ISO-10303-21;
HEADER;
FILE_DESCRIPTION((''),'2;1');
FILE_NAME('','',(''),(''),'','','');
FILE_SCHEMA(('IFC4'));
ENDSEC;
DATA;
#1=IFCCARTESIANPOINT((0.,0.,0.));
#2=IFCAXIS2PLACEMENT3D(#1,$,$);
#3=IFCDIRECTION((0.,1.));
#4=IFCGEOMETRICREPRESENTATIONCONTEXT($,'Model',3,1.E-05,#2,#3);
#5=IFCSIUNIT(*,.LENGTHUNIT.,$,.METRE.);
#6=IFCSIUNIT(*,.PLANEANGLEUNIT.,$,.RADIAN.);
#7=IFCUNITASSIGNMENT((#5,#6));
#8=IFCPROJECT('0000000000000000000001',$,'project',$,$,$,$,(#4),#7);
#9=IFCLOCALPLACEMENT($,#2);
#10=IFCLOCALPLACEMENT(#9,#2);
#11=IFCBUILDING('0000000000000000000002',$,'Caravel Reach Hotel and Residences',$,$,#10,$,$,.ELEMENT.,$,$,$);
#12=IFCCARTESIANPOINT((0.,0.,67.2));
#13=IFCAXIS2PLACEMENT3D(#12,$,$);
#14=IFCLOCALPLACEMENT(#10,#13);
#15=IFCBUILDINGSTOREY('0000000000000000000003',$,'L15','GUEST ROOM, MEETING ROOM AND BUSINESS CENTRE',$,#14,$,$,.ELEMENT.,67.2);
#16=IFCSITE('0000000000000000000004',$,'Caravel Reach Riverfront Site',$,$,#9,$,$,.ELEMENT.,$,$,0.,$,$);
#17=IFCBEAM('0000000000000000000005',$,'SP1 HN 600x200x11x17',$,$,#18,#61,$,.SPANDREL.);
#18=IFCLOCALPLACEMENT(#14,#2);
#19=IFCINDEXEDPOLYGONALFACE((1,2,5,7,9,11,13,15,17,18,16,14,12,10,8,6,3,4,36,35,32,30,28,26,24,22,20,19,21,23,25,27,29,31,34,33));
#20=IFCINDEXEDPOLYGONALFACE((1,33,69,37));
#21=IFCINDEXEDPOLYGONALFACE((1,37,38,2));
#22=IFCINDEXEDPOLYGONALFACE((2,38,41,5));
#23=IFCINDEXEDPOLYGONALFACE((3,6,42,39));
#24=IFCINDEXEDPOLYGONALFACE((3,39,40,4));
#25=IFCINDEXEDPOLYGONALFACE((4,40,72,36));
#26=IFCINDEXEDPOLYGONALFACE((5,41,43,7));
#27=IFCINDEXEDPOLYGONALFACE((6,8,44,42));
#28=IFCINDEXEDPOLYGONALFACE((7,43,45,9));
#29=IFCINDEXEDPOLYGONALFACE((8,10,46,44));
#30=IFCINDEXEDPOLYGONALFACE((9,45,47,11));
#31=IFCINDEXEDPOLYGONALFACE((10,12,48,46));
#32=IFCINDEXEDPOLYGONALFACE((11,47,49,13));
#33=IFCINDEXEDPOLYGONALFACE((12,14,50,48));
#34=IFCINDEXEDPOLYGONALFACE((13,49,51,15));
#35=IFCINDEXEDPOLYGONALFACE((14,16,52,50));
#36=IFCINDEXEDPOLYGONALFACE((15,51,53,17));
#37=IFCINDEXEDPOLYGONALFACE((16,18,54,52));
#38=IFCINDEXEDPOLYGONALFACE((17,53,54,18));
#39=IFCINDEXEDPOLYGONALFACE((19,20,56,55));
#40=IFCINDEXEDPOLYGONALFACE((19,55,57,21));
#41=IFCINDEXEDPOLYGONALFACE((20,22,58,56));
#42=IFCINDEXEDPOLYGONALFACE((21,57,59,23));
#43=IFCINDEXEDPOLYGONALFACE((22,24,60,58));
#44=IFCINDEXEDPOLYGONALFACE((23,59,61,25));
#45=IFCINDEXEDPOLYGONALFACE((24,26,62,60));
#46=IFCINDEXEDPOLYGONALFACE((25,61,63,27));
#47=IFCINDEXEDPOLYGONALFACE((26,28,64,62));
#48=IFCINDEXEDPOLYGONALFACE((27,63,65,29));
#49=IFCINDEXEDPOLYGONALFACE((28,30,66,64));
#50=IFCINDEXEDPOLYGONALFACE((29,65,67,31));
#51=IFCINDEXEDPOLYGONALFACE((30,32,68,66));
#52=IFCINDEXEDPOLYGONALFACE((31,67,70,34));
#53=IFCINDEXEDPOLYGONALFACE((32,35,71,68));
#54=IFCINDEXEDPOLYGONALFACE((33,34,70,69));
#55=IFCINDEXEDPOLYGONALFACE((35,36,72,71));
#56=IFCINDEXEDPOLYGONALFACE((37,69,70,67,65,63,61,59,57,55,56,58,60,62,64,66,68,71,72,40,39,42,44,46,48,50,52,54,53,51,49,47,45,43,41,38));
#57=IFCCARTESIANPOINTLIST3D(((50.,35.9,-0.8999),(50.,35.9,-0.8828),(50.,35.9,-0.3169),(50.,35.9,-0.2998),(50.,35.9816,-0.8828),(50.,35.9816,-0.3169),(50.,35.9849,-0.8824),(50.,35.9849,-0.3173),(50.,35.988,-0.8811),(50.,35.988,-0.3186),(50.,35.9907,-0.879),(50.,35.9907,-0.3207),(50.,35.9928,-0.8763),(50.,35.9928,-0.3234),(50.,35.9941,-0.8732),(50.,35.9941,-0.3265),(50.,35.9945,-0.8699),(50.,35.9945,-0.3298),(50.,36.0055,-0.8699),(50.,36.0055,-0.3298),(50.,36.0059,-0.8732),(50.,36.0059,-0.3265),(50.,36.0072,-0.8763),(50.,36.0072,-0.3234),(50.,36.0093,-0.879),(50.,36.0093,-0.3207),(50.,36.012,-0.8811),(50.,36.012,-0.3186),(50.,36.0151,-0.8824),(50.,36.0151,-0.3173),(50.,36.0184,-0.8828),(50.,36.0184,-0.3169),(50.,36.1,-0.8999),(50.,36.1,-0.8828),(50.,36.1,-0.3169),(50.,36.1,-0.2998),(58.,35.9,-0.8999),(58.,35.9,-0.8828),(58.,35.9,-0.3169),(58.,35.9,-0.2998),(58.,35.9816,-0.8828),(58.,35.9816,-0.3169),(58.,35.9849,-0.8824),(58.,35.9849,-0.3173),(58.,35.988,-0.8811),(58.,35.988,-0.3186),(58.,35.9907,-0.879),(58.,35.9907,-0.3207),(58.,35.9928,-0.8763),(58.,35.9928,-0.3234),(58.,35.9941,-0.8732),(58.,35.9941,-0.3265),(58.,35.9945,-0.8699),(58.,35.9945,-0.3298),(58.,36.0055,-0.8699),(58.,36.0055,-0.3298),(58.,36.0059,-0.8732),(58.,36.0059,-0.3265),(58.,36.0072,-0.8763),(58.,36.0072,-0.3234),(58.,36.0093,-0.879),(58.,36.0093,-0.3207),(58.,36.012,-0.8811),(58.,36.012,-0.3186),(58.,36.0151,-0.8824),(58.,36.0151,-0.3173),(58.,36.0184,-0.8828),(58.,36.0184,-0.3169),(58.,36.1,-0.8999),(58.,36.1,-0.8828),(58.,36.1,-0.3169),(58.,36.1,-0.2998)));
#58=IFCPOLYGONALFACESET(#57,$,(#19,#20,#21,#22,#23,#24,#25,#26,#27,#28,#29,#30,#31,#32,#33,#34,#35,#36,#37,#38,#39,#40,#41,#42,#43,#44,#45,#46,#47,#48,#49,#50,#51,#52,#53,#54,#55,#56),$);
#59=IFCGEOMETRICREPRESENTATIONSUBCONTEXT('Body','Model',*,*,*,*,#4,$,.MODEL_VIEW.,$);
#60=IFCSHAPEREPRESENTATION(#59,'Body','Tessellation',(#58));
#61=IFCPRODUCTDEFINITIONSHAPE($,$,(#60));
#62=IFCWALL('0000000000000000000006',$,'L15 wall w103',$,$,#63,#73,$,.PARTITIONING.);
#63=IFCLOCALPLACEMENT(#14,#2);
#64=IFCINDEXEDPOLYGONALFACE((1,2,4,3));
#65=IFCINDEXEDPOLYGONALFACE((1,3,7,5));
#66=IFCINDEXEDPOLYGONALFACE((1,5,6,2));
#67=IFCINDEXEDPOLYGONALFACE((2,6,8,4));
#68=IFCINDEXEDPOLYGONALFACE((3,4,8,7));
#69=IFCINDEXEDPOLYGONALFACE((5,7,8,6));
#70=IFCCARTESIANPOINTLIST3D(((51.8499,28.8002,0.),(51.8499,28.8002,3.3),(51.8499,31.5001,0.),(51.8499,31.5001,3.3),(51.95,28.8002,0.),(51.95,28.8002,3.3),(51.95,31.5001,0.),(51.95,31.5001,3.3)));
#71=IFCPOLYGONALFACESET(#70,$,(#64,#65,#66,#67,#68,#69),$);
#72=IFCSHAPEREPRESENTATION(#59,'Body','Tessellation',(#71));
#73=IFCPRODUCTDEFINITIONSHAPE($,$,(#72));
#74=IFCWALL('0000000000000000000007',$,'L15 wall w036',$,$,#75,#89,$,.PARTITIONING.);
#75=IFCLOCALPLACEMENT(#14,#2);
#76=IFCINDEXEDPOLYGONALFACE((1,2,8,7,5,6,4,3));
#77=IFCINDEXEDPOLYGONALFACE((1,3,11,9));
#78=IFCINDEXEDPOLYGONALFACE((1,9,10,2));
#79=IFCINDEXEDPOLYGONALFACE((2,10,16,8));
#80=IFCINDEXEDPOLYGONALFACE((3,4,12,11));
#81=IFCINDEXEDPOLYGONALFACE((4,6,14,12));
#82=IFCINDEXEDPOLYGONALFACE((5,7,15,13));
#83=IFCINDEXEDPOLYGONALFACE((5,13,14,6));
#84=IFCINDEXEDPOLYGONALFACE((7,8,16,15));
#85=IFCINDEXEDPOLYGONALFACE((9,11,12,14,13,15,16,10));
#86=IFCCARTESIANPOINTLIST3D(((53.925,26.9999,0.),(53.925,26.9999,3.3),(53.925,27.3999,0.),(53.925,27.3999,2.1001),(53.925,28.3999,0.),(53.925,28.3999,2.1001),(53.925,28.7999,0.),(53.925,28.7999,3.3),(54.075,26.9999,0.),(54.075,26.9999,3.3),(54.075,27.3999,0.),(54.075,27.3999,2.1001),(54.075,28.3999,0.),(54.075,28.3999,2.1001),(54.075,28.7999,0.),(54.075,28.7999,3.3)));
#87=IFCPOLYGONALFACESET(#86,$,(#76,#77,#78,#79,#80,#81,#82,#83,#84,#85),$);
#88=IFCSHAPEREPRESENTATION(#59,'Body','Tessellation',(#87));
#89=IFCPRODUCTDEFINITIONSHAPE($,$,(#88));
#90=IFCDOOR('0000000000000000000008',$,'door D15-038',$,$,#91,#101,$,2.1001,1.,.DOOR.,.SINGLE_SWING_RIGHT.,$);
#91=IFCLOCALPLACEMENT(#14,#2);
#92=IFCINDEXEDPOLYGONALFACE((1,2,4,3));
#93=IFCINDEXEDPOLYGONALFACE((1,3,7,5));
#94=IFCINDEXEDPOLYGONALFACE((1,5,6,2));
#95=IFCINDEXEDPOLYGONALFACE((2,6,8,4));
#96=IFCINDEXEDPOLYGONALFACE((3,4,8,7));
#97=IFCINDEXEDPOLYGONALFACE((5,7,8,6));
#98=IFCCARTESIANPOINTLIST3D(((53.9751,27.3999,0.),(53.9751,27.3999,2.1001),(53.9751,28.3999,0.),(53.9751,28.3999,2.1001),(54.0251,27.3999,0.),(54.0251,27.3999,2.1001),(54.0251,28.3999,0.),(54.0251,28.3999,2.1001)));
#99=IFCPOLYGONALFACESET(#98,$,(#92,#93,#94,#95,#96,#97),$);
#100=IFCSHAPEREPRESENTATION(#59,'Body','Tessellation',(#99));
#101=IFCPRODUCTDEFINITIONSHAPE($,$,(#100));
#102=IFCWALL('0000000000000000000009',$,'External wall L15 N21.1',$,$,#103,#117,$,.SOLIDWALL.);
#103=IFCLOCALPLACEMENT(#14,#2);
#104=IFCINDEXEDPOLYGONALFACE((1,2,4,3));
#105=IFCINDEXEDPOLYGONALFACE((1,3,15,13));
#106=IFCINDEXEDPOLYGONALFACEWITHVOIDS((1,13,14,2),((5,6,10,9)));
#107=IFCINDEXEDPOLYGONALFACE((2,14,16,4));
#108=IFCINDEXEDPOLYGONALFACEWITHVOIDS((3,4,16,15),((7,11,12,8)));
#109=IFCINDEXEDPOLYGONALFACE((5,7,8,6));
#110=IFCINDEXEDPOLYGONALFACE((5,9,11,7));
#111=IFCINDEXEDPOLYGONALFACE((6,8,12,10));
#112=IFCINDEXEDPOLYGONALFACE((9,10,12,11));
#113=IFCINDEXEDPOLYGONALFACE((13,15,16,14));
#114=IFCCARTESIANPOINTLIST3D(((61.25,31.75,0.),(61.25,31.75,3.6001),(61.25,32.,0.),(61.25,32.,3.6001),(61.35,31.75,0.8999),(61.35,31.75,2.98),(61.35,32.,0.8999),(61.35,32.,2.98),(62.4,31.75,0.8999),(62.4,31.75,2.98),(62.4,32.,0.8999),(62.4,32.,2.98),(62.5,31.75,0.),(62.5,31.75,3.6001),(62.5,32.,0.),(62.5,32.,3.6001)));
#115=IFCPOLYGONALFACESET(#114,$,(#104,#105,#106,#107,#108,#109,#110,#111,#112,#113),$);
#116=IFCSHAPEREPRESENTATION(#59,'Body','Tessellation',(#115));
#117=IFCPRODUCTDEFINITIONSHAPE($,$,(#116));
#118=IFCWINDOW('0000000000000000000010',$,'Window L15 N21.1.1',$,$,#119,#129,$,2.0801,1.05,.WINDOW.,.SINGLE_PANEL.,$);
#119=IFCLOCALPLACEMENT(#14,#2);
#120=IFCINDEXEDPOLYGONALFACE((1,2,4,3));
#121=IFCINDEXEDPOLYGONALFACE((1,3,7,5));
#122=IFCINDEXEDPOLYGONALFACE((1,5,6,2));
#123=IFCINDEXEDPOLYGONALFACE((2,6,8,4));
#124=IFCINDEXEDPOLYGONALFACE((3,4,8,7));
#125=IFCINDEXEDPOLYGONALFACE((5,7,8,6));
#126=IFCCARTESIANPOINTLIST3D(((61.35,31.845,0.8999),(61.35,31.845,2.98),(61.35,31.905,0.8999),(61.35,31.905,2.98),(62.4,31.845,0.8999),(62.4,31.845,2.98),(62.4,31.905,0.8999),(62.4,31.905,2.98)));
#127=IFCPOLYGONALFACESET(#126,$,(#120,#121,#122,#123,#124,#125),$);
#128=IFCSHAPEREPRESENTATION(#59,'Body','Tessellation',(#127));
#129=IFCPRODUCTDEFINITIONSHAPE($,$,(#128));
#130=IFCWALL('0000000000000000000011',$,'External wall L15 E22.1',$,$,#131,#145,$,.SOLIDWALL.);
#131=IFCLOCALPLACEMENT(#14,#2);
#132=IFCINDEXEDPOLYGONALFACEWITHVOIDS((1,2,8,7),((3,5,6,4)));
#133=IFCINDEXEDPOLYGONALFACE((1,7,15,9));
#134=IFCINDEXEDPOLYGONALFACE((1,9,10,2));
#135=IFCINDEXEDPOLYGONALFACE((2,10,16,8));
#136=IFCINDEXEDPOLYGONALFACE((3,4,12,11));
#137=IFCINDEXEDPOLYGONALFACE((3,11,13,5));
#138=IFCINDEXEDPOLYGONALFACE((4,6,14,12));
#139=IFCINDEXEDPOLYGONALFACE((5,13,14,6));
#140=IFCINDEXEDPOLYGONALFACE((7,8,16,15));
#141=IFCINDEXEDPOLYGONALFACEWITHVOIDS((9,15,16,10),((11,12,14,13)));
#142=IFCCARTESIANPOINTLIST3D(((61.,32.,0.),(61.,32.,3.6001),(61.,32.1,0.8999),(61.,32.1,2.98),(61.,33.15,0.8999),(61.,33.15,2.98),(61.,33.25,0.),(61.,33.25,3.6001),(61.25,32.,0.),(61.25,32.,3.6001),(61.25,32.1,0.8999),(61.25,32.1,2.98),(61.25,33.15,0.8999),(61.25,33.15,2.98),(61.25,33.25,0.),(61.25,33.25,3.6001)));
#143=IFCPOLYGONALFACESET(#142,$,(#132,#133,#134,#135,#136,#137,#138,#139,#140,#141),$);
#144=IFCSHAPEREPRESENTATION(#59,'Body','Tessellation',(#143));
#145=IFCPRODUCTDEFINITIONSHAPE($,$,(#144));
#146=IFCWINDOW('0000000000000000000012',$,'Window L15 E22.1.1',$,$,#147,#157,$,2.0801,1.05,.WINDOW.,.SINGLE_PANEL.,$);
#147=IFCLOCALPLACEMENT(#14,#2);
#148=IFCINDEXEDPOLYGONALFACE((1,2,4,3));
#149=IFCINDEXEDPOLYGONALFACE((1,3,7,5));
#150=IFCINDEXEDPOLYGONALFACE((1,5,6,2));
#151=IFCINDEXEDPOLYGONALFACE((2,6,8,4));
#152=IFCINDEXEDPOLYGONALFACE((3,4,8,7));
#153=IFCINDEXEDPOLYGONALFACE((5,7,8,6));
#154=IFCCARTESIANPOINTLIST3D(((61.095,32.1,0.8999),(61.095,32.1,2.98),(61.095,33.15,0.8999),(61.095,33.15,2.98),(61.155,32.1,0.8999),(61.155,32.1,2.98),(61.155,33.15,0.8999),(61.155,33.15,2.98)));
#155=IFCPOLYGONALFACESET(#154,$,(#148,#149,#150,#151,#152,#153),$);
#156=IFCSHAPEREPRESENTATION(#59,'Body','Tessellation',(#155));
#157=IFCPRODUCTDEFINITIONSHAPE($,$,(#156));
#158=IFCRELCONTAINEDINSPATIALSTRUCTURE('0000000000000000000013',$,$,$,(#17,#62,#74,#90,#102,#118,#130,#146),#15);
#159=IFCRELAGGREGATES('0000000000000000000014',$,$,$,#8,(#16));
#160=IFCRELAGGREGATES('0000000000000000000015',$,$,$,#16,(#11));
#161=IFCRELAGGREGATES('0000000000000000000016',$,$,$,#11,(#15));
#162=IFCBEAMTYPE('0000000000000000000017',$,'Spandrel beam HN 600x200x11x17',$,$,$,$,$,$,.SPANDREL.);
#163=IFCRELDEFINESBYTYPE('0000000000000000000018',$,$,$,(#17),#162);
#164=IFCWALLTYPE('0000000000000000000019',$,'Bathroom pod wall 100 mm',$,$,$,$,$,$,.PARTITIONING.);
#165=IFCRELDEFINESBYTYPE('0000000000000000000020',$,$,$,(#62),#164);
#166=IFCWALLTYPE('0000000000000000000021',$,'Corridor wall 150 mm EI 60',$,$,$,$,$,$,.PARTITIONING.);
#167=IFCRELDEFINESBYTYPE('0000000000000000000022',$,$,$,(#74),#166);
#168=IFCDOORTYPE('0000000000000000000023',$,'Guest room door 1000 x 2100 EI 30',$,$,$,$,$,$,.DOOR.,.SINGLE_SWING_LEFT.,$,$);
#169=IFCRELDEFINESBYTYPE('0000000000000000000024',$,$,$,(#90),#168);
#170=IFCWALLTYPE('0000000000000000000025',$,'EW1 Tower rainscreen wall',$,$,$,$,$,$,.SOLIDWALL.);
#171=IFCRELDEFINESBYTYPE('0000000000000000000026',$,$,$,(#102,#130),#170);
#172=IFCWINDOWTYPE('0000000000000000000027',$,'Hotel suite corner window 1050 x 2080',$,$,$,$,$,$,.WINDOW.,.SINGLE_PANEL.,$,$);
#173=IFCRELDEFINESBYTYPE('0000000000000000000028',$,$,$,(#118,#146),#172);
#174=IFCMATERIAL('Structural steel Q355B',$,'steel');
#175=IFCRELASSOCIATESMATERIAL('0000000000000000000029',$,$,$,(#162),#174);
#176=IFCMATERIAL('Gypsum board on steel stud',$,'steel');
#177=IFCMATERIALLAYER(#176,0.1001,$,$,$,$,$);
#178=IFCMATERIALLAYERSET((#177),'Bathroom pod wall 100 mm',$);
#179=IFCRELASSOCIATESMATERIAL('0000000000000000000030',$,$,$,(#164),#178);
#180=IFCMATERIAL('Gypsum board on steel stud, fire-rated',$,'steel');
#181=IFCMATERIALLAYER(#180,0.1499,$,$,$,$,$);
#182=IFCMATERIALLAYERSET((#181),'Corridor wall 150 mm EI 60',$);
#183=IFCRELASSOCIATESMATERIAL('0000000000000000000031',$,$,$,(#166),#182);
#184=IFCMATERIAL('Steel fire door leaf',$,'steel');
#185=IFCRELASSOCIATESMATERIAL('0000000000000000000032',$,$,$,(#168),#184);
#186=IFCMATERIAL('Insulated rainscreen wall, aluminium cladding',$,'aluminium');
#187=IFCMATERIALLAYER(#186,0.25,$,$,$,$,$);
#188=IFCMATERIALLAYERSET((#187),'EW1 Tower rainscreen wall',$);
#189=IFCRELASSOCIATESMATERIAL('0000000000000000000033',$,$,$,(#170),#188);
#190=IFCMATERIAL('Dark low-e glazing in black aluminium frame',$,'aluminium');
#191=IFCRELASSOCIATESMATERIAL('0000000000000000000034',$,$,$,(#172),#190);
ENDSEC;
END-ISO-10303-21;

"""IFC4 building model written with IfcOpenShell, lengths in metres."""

from ifc_helpers import new_model, si_unit, direction, frame, frame_2d, origin, origin_2d, place, context, subcontext, project, spatial, rectangle, i_section, extrude, material, layer, layer_set, material_profile, profile_set, type_object, element, fill, save


model = new_model("IFC4")

# Units and contexts
model_context = context("Model", 3, precision=1e-05, world=origin(), true_north=direction((0.0, 1.0)))
body_context = subcontext(model_context, "Body", "Model", "MODEL_VIEW")
ifc_project = project(units=[si_unit("LENGTHUNIT", "METRE"), si_unit("PLANEANGLEUNIT", "RADIAN")], contexts=[model_context])

# Site, building, storey
site_placement = place(None, origin())
site = spatial("IfcSite", under=ifc_project, at=site_placement, Name="Caravel Reach Riverfront Site", CompositionType="ELEMENT", RefElevation=0.0)
building_placement = place(site_placement, origin())
building = spatial("IfcBuilding", under=site, at=building_placement, Name="Caravel Reach Hotel and Residences", CompositionType="ELEMENT")
storey_placement = place(building_placement, frame((0.0, 0.0, 67.2)))
storey = spatial("IfcBuildingStorey", under=building, at=storey_placement, Name="L15", Description="GUEST ROOM, MEETING ROOM AND BUSINESS CENTRE", CompositionType="ELEMENT", Elevation=67.2)

# Beam
ifc_material_1 = material(Name="Structural steel Q355B", Category="steel")
ifc_material_profile_1 = material_profile(ifc_material_1, i_section(OverallWidth=0.2, OverallDepth=0.6001, WebThickness=0.011, FlangeThickness=0.0171, FilletRadius=0.0129, at=origin_2d()), Name="HN 600x200x11x17")
ifc_profile_set_1 = profile_set([ifc_material_profile_1], Name="Structural steel Q355B")
beam_type_1 = type_object("IfcBeamType", Name="Spandrel beam HN 600x200x11x17", PredefinedType="SPANDREL", material=ifc_profile_set_1)
beam_1_placement = place(storey_placement, frame((58.0, 36.0, -0.5999), z_axis=(-1.0, 0.0, 0.0), x_axis=(0.0, -1.0, 0.0)))
element("IfcBeam", 1, at=beam_1_placement, inside=storey, type_object=beam_type_1, Name="SP1 HN 600x200x11x17", PredefinedType="SPANDREL", context=body_context, shape_type="SweptSolid", body=[
    extrude(i_section(OverallWidth=0.2, OverallDepth=0.6001, WebThickness=0.011, FlangeThickness=0.0171, FilletRadius=0.0129, at=origin_2d()), origin(), (0.0, 0.0, 1.0), 8.0),
])

# Wall
ifc_material_2 = material(Name="Gypsum board on steel stud", Category="steel")
ifc_layer_1 = layer(ifc_material_2, 0.1001)
ifc_layer_set_1 = layer_set([ifc_layer_1], Name="Bathroom pod wall 100 mm")
wall_type_1 = type_object("IfcWallType", Name="Bathroom pod wall 100 mm", PredefinedType="PARTITIONING", material=ifc_layer_set_1)
wall_1_placement = place(storey_placement, frame((51.8999, 28.8, 0.0), z_axis=(0.0, 0.0, 1.0), x_axis=(0.0, 1.0, 0.0)))
element("IfcWall", 2, at=wall_1_placement, inside=storey, type_object=wall_type_1, Name="L15 wall w103", PredefinedType="PARTITIONING", context=body_context, shape_type="SweptSolid", body=[
    extrude(rectangle(XDim=2.7, YDim=0.1001, at=frame_2d((1.3501, 0.0))), origin(), (0.0, 0.0, 1.0), 3.3),
])

# Wall, opening, door
ifc_material_3 = material(Name="Gypsum board on steel stud, fire-rated", Category="steel")
ifc_layer_2 = layer(ifc_material_3, 0.1499)
ifc_layer_set_2 = layer_set([ifc_layer_2], Name="Corridor wall 150 mm EI 60")
wall_type_2 = type_object("IfcWallType", Name="Corridor wall 150 mm EI 60", PredefinedType="PARTITIONING", material=ifc_layer_set_2)
wall_2_placement = place(storey_placement, frame((54.0, 27.0, 0.0), z_axis=(0.0, 0.0, 1.0), x_axis=(0.0, 1.0, 0.0)))
wall_2 = element("IfcWall", 3, at=wall_2_placement, inside=storey, type_object=wall_type_2, Name="L15 wall w036", PredefinedType="PARTITIONING", context=body_context, shape_type="SweptSolid", body=[
    extrude(rectangle(XDim=1.8, YDim=0.1499, at=frame_2d((0.8999, 0.0))), origin(), (0.0, 0.0, 1.0), 3.3),
])
opening_1_placement = place(wall_2_placement, frame((0.3999, 0.0, 0.0)))
opening_1 = element("IfcOpeningElement", 4, at=opening_1_placement, cuts=wall_2, PredefinedType="OPENING", context=body_context, shape_type="SweptSolid", body=[
    extrude(rectangle(XDim=1.0, YDim=2.1001, at=frame_2d((0.5, 1.05))), frame((0.0, 0.085, 0.0), z_axis=(0.0, -1.0, 0.0), x_axis=(1.0, 0.0, 0.0)), (0.0, 0.0, 1.0), 0.1699),
])
ifc_material_4 = material(Name="Steel fire door leaf", Category="steel")
door_type = type_object("IfcDoorType", Name="Guest room door 1000 x 2100 EI 30", OperationType="SINGLE_SWING_LEFT", PredefinedType="DOOR", material=ifc_material_4)
door_placement = place(opening_1_placement, origin())
door = element("IfcDoor", 5, at=door_placement, inside=storey, type_object=door_type, Name="door D15-038", OperationType="SINGLE_SWING_RIGHT", OverallHeight=2.1001, OverallWidth=1.0, PredefinedType="DOOR", context=body_context, shape_type="SweptSolid", body=[
    extrude(rectangle(XDim=1.0, YDim=2.1001, at=frame_2d((0.5, 1.05))), frame((0.0, 0.0249, 0.0), z_axis=(0.0, -1.0, 0.0), x_axis=(1.0, 0.0, 0.0)), (0.0, 0.0, 1.0), 0.05),
])
fill(opening_1, door)

# Walls, openings, windows
ifc_material_5 = material(Name="Insulated rainscreen wall, aluminium cladding", Category="aluminium")
ifc_layer_3 = layer(ifc_material_5, 0.25)
ifc_layer_set_3 = layer_set([ifc_layer_3], Name="EW1 Tower rainscreen wall")
wall_type_3 = type_object("IfcWallType", Name="EW1 Tower rainscreen wall", PredefinedType="SOLIDWALL", material=ifc_layer_set_3)
wall_3_placement = place(storey_placement, frame((62.5, 31.875, 0.0), z_axis=(0.0, 0.0, 1.0), x_axis=(-1.0, 0.0, 0.0)))
wall_3 = element("IfcWall", 6, at=wall_3_placement, inside=storey, type_object=wall_type_3, Name="External wall L15 N21.1", PredefinedType="SOLIDWALL", context=body_context, shape_type="SweptSolid", body=[
    extrude(rectangle(XDim=1.25, YDim=0.25, at=frame_2d((0.625, 0.0))), origin(), (0.0, 0.0, 1.0), 3.6001),
])
opening_2_placement = place(wall_3_placement, frame((0.1001, 0.0, 0.8999)))
opening_2 = element("IfcOpeningElement", 7, at=opening_2_placement, cuts=wall_3, PredefinedType="OPENING", context=body_context, shape_type="SweptSolid", body=[
    extrude(rectangle(XDim=1.05, YDim=2.0801, at=frame_2d((0.5249, 1.04))), frame((0.0, 0.135, 0.0), z_axis=(0.0, -1.0, 0.0), x_axis=(1.0, 0.0, 0.0)), (0.0, 0.0, 1.0), 0.27),
])
ifc_material_6 = material(Name="Dark low-e glazing in black aluminium frame", Category="aluminium")
window_type_1 = type_object("IfcWindowType", Name="Hotel suite corner window 1050 x 2080", PartitioningType="SINGLE_PANEL", PredefinedType="WINDOW", material=ifc_material_6)
window_1_placement = place(opening_2_placement, origin())
window_1 = element("IfcWindow", 8, at=window_1_placement, inside=storey, type_object=window_type_1, Name="Window L15 N21.1.1", OverallHeight=2.0801, OverallWidth=1.05, PartitioningType="SINGLE_PANEL", PredefinedType="WINDOW", context=body_context, shape_type="SweptSolid", body=[
    extrude(rectangle(XDim=1.05, YDim=2.0801, at=frame_2d((0.5249, 1.04))), frame((0.0, 0.03, 0.0), z_axis=(0.0, -1.0, 0.0), x_axis=(1.0, 0.0, 0.0)), (0.0, 0.0, 1.0), 0.0601),
])
fill(opening_2, window_1)
wall_4_placement = place(storey_placement, frame((61.125, 32.0, 0.0), z_axis=(0.0, 0.0, 1.0), x_axis=(0.0, 1.0, 0.0)))
wall_4 = element("IfcWall", 9, at=wall_4_placement, inside=storey, type_object=wall_type_3, Name="External wall L15 E22.1", PredefinedType="SOLIDWALL", context=body_context, shape_type="SweptSolid", body=[
    extrude(rectangle(XDim=1.25, YDim=0.25, at=frame_2d((0.625, 0.0))), origin(), (0.0, 0.0, 1.0), 3.6001),
])
opening_3_placement = place(wall_4_placement, frame((0.1001, 0.0, 0.8999)))
opening_3 = element("IfcOpeningElement", 10, at=opening_3_placement, cuts=wall_4, PredefinedType="OPENING", context=body_context, shape_type="SweptSolid", body=[
    extrude(rectangle(XDim=1.05, YDim=2.0801, at=frame_2d((0.5249, 1.04))), frame((0.0, 0.135, 0.0), z_axis=(0.0, -1.0, 0.0), x_axis=(1.0, 0.0, 0.0)), (0.0, 0.0, 1.0), 0.27),
])
window_2_placement = place(opening_3_placement, origin())
window_2 = element("IfcWindow", 11, at=window_2_placement, inside=storey, type_object=window_type_1, Name="Window L15 E22.1.1", OverallHeight=2.0801, OverallWidth=1.05, PartitioningType="SINGLE_PANEL", PredefinedType="WINDOW", context=body_context, shape_type="SweptSolid", body=[
    extrude(rectangle(XDim=1.05, YDim=2.0801, at=frame_2d((0.5249, 1.04))), frame((0.0, 0.03, 0.0), z_axis=(0.0, -1.0, 0.0), x_axis=(1.0, 0.0, 0.0)), (0.0, 0.0, 1.0), 0.0601),
])
fill(opening_3, window_2)

save(model, "model.ifc")
